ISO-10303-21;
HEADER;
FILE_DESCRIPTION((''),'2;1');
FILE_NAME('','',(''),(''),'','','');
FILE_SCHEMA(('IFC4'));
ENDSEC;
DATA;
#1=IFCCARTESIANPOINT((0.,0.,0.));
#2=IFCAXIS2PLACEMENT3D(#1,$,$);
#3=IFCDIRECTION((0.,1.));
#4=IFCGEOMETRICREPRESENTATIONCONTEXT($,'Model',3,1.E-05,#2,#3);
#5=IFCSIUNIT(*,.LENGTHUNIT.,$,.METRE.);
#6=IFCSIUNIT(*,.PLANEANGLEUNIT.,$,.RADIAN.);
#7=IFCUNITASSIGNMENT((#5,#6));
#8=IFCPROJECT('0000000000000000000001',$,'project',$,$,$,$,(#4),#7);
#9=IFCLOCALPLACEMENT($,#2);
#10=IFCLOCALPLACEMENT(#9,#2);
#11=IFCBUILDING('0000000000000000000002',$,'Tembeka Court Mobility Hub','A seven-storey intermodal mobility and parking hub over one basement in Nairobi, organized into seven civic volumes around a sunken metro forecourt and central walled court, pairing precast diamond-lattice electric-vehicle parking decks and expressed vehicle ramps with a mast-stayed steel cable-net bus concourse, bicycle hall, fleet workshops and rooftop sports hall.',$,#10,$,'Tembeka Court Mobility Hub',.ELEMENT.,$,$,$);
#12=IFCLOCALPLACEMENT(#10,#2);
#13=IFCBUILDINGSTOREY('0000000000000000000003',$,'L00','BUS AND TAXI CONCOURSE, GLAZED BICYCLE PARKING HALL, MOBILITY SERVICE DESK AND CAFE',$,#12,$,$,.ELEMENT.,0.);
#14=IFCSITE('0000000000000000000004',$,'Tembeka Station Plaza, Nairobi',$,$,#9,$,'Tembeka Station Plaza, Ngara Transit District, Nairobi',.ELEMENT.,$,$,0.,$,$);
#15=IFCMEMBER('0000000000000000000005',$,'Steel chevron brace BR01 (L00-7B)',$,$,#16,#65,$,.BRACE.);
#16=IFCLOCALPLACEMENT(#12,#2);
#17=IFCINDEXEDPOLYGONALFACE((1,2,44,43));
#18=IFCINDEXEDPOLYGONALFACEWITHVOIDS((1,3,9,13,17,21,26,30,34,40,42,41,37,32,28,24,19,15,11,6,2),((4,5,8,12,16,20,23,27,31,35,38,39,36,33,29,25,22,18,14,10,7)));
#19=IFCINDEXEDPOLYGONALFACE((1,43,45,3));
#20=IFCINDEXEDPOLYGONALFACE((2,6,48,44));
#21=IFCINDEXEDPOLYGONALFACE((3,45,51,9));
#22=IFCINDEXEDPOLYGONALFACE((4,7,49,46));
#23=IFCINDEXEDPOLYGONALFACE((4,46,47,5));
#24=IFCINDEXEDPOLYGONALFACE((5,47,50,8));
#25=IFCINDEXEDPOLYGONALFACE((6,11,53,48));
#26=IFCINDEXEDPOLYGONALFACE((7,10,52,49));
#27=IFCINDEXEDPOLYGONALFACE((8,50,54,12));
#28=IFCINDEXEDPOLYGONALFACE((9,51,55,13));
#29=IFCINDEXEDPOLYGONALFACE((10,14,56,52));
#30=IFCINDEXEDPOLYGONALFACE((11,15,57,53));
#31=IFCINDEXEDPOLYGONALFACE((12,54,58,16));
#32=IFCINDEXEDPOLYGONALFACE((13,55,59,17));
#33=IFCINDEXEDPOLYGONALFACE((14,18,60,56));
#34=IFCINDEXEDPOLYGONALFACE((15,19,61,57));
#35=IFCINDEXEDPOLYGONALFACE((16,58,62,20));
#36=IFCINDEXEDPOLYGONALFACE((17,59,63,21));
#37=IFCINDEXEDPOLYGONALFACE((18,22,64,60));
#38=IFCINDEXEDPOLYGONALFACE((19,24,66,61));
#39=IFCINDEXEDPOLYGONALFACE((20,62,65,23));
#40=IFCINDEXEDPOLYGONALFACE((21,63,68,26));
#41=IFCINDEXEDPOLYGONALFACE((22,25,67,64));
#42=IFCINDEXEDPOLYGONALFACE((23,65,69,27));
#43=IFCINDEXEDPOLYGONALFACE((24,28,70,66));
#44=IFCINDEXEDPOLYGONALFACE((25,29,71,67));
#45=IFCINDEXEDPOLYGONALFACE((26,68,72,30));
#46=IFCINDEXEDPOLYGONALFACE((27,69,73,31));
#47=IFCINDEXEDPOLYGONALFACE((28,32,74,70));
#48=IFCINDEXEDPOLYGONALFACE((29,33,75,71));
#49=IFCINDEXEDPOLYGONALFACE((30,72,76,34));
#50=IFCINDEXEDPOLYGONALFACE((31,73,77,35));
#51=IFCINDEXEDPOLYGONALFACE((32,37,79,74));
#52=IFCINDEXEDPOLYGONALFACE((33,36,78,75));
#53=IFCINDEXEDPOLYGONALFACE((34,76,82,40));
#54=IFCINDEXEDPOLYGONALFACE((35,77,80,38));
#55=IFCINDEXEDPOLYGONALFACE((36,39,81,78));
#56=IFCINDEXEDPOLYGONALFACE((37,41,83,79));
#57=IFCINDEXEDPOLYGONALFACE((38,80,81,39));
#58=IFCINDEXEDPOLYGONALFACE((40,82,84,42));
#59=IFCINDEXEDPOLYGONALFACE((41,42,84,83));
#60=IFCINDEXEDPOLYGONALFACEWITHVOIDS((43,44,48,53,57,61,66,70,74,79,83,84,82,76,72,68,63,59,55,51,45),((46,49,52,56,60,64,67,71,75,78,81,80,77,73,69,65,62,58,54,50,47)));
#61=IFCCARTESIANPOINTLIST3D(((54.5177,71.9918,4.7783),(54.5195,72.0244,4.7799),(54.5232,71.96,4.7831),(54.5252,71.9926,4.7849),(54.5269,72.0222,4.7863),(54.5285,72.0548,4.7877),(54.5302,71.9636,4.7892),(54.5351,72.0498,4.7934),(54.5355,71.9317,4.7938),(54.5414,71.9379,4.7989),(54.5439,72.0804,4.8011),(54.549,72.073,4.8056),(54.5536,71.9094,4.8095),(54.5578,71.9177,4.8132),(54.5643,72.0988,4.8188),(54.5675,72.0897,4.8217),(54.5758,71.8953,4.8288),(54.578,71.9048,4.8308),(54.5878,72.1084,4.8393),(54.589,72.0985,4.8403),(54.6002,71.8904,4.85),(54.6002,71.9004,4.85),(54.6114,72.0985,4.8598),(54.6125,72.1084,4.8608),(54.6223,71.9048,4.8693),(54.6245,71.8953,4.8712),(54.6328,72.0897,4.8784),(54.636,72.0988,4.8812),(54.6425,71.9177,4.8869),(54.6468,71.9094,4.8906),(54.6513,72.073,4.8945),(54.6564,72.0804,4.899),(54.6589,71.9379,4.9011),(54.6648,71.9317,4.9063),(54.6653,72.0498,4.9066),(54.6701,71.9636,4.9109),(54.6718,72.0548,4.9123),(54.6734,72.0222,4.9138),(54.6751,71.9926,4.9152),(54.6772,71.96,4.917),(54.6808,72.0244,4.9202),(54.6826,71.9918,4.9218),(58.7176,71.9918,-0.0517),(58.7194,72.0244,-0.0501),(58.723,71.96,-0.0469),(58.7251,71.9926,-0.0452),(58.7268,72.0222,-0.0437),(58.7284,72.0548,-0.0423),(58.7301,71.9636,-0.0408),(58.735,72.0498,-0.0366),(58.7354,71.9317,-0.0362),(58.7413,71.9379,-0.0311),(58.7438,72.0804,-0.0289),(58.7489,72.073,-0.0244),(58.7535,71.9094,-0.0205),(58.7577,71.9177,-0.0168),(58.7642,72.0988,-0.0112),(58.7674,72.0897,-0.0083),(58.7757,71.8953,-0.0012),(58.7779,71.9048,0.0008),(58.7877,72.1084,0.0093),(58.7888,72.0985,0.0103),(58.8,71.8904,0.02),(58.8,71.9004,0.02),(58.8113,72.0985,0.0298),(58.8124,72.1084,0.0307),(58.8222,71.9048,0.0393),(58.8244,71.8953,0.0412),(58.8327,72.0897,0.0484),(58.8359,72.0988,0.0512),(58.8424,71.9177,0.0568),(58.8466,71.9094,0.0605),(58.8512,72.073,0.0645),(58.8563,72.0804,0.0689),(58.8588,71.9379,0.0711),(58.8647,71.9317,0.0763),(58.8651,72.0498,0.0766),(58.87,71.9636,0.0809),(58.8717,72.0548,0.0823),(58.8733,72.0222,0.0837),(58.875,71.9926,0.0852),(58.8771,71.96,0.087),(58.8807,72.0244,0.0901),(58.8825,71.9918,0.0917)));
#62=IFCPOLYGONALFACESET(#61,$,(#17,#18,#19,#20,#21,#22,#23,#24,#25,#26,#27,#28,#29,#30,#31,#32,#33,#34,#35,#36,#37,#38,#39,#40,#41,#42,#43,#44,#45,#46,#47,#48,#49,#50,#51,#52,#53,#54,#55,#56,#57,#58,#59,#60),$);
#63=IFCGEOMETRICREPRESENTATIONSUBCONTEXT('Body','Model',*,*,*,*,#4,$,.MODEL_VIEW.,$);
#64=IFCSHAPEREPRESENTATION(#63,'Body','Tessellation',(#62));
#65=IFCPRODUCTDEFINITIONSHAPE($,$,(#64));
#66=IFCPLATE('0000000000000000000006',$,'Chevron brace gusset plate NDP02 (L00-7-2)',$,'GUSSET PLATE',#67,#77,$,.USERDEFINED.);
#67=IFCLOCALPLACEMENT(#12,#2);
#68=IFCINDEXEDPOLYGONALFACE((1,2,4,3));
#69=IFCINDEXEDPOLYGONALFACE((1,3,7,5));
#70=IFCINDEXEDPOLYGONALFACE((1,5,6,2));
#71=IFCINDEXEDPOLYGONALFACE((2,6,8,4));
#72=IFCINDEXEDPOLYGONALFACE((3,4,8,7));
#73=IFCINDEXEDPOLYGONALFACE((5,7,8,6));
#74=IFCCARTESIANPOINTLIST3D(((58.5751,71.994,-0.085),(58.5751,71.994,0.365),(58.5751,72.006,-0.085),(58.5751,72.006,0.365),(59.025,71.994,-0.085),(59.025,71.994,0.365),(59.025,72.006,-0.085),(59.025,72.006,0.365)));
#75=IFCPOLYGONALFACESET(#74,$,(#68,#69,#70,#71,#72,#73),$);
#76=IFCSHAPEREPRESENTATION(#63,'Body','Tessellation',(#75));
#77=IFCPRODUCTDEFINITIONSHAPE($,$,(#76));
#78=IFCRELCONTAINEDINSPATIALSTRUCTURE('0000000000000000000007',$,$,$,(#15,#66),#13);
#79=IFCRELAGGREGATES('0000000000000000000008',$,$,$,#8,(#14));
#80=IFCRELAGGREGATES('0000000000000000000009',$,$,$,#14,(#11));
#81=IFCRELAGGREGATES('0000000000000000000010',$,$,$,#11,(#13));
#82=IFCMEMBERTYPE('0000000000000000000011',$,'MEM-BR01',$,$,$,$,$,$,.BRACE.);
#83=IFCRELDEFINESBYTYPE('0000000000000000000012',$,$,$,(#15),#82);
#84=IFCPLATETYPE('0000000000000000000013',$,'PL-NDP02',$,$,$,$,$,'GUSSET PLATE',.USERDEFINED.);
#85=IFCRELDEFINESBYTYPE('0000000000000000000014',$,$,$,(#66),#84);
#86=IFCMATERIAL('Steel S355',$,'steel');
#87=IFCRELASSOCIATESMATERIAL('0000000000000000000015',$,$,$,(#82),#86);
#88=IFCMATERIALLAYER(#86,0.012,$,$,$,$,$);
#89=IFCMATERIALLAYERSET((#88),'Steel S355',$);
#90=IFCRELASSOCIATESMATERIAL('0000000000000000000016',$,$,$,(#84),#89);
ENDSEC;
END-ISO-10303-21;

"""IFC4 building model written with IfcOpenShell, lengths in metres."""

from ifc_helpers import new_model, si_unit, direction, frame, origin, origin_2d, place, context, subcontext, project, spatial, rectangle, hollow_circle, extrude, material, layer, layer_set, material_profile, profile_set, type_object, element, save


model = new_model("IFC4")

# Units and contexts
model_context = context("Model", 3, precision=1e-05, world=origin(), true_north=direction((0.0, 1.0)))
body_context = subcontext(model_context, "Body", "Model", "MODEL_VIEW")
ifc_project = project(units=[si_unit("LENGTHUNIT", "METRE"), si_unit("PLANEANGLEUNIT", "RADIAN")], contexts=[model_context])

# Site, building, storey
site_placement = place(None, origin())
site = spatial("IfcSite", under=ifc_project, at=site_placement, Name="Tembeka Station Plaza, Nairobi", LongName="Tembeka Station Plaza, Ngara Transit District, Nairobi", CompositionType="ELEMENT", RefElevation=0.0)
building_placement = place(site_placement, origin())
building = spatial("IfcBuilding", under=site, at=building_placement, Name="Tembeka Court Mobility Hub", Description="A seven-storey intermodal mobility and parking hub over one basement in Nairobi, organized into seven civic volumes around a sunken metro forecourt and central walled court, pairing precast diamond-lattice electric-vehicle parking decks and expressed vehicle ramps with a mast-stayed steel cable-net bus concourse, bicycle hall, fleet workshops and rooftop sports hall.", LongName="Tembeka Court Mobility Hub", CompositionType="ELEMENT")
storey_placement = place(building_placement, origin())
storey = spatial("IfcBuildingStorey", under=building, at=storey_placement, Name="L00", Description="BUS AND TAXI CONCOURSE, GLAZED BICYCLE PARKING HALL, MOBILITY SERVICE DESK AND CAFE", CompositionType="ELEMENT", Elevation=0.0)

# Shared definitions
ifc_material = material(Name="Steel S355", Category="steel")

# Member
ifc_material_profile_1 = material_profile(ifc_material, hollow_circle(Radius=0.1096, WallThickness=0.01, at=origin_2d()), Name="CHS 219.1x10")
ifc_profile_set_1 = profile_set([ifc_material_profile_1], Name="Steel S355")
member_type = type_object("IfcMemberType", Name="MEM-BR01", PredefinedType="BRACE", material=ifc_profile_set_1)
member_placement = place(storey_placement, frame((58.8, 72.0, 0.02), z_axis=(-0.656168, 0.0, 0.754615), x_axis=(0.0, -1.0, 0.0)))
element("IfcMember", 1, at=member_placement, inside=storey, type_object=member_type, Name="Steel chevron brace BR01 (L00-7B)", PredefinedType="BRACE", context=body_context, shape_type="SweptSolid", body=[
    extrude(hollow_circle(Radius=0.1096, WallThickness=0.01, at=origin_2d()), origin(), (0.0, 0.0, 1.0), 6.4006),
])

# Plate
ifc_layer = layer(ifc_material, 0.012)
ifc_layer_set = layer_set([ifc_layer], Name="Steel S355")
plate_type = type_object("IfcPlateType", Name="PL-NDP02", ElementType="GUSSET PLATE", PredefinedType="USERDEFINED", material=ifc_layer_set)
plate_placement = place(storey_placement, frame((58.8, 72.0, -0.085), z_axis=(0.0, 0.0, 1.0), x_axis=(1.0, 0.0, 0.0)))
element("IfcPlate", 2, at=plate_placement, inside=storey, type_object=plate_type, Name="Chevron brace gusset plate NDP02 (L00-7-2)", ObjectType="GUSSET PLATE", PredefinedType="USERDEFINED", context=body_context, shape_type="SweptSolid", body=[
    extrude(rectangle(XDim=0.45, YDim=0.012, at=origin_2d()), origin(), (0.0, 0.0, 1.0), 0.45),
])

save(model, "model.ifc")
